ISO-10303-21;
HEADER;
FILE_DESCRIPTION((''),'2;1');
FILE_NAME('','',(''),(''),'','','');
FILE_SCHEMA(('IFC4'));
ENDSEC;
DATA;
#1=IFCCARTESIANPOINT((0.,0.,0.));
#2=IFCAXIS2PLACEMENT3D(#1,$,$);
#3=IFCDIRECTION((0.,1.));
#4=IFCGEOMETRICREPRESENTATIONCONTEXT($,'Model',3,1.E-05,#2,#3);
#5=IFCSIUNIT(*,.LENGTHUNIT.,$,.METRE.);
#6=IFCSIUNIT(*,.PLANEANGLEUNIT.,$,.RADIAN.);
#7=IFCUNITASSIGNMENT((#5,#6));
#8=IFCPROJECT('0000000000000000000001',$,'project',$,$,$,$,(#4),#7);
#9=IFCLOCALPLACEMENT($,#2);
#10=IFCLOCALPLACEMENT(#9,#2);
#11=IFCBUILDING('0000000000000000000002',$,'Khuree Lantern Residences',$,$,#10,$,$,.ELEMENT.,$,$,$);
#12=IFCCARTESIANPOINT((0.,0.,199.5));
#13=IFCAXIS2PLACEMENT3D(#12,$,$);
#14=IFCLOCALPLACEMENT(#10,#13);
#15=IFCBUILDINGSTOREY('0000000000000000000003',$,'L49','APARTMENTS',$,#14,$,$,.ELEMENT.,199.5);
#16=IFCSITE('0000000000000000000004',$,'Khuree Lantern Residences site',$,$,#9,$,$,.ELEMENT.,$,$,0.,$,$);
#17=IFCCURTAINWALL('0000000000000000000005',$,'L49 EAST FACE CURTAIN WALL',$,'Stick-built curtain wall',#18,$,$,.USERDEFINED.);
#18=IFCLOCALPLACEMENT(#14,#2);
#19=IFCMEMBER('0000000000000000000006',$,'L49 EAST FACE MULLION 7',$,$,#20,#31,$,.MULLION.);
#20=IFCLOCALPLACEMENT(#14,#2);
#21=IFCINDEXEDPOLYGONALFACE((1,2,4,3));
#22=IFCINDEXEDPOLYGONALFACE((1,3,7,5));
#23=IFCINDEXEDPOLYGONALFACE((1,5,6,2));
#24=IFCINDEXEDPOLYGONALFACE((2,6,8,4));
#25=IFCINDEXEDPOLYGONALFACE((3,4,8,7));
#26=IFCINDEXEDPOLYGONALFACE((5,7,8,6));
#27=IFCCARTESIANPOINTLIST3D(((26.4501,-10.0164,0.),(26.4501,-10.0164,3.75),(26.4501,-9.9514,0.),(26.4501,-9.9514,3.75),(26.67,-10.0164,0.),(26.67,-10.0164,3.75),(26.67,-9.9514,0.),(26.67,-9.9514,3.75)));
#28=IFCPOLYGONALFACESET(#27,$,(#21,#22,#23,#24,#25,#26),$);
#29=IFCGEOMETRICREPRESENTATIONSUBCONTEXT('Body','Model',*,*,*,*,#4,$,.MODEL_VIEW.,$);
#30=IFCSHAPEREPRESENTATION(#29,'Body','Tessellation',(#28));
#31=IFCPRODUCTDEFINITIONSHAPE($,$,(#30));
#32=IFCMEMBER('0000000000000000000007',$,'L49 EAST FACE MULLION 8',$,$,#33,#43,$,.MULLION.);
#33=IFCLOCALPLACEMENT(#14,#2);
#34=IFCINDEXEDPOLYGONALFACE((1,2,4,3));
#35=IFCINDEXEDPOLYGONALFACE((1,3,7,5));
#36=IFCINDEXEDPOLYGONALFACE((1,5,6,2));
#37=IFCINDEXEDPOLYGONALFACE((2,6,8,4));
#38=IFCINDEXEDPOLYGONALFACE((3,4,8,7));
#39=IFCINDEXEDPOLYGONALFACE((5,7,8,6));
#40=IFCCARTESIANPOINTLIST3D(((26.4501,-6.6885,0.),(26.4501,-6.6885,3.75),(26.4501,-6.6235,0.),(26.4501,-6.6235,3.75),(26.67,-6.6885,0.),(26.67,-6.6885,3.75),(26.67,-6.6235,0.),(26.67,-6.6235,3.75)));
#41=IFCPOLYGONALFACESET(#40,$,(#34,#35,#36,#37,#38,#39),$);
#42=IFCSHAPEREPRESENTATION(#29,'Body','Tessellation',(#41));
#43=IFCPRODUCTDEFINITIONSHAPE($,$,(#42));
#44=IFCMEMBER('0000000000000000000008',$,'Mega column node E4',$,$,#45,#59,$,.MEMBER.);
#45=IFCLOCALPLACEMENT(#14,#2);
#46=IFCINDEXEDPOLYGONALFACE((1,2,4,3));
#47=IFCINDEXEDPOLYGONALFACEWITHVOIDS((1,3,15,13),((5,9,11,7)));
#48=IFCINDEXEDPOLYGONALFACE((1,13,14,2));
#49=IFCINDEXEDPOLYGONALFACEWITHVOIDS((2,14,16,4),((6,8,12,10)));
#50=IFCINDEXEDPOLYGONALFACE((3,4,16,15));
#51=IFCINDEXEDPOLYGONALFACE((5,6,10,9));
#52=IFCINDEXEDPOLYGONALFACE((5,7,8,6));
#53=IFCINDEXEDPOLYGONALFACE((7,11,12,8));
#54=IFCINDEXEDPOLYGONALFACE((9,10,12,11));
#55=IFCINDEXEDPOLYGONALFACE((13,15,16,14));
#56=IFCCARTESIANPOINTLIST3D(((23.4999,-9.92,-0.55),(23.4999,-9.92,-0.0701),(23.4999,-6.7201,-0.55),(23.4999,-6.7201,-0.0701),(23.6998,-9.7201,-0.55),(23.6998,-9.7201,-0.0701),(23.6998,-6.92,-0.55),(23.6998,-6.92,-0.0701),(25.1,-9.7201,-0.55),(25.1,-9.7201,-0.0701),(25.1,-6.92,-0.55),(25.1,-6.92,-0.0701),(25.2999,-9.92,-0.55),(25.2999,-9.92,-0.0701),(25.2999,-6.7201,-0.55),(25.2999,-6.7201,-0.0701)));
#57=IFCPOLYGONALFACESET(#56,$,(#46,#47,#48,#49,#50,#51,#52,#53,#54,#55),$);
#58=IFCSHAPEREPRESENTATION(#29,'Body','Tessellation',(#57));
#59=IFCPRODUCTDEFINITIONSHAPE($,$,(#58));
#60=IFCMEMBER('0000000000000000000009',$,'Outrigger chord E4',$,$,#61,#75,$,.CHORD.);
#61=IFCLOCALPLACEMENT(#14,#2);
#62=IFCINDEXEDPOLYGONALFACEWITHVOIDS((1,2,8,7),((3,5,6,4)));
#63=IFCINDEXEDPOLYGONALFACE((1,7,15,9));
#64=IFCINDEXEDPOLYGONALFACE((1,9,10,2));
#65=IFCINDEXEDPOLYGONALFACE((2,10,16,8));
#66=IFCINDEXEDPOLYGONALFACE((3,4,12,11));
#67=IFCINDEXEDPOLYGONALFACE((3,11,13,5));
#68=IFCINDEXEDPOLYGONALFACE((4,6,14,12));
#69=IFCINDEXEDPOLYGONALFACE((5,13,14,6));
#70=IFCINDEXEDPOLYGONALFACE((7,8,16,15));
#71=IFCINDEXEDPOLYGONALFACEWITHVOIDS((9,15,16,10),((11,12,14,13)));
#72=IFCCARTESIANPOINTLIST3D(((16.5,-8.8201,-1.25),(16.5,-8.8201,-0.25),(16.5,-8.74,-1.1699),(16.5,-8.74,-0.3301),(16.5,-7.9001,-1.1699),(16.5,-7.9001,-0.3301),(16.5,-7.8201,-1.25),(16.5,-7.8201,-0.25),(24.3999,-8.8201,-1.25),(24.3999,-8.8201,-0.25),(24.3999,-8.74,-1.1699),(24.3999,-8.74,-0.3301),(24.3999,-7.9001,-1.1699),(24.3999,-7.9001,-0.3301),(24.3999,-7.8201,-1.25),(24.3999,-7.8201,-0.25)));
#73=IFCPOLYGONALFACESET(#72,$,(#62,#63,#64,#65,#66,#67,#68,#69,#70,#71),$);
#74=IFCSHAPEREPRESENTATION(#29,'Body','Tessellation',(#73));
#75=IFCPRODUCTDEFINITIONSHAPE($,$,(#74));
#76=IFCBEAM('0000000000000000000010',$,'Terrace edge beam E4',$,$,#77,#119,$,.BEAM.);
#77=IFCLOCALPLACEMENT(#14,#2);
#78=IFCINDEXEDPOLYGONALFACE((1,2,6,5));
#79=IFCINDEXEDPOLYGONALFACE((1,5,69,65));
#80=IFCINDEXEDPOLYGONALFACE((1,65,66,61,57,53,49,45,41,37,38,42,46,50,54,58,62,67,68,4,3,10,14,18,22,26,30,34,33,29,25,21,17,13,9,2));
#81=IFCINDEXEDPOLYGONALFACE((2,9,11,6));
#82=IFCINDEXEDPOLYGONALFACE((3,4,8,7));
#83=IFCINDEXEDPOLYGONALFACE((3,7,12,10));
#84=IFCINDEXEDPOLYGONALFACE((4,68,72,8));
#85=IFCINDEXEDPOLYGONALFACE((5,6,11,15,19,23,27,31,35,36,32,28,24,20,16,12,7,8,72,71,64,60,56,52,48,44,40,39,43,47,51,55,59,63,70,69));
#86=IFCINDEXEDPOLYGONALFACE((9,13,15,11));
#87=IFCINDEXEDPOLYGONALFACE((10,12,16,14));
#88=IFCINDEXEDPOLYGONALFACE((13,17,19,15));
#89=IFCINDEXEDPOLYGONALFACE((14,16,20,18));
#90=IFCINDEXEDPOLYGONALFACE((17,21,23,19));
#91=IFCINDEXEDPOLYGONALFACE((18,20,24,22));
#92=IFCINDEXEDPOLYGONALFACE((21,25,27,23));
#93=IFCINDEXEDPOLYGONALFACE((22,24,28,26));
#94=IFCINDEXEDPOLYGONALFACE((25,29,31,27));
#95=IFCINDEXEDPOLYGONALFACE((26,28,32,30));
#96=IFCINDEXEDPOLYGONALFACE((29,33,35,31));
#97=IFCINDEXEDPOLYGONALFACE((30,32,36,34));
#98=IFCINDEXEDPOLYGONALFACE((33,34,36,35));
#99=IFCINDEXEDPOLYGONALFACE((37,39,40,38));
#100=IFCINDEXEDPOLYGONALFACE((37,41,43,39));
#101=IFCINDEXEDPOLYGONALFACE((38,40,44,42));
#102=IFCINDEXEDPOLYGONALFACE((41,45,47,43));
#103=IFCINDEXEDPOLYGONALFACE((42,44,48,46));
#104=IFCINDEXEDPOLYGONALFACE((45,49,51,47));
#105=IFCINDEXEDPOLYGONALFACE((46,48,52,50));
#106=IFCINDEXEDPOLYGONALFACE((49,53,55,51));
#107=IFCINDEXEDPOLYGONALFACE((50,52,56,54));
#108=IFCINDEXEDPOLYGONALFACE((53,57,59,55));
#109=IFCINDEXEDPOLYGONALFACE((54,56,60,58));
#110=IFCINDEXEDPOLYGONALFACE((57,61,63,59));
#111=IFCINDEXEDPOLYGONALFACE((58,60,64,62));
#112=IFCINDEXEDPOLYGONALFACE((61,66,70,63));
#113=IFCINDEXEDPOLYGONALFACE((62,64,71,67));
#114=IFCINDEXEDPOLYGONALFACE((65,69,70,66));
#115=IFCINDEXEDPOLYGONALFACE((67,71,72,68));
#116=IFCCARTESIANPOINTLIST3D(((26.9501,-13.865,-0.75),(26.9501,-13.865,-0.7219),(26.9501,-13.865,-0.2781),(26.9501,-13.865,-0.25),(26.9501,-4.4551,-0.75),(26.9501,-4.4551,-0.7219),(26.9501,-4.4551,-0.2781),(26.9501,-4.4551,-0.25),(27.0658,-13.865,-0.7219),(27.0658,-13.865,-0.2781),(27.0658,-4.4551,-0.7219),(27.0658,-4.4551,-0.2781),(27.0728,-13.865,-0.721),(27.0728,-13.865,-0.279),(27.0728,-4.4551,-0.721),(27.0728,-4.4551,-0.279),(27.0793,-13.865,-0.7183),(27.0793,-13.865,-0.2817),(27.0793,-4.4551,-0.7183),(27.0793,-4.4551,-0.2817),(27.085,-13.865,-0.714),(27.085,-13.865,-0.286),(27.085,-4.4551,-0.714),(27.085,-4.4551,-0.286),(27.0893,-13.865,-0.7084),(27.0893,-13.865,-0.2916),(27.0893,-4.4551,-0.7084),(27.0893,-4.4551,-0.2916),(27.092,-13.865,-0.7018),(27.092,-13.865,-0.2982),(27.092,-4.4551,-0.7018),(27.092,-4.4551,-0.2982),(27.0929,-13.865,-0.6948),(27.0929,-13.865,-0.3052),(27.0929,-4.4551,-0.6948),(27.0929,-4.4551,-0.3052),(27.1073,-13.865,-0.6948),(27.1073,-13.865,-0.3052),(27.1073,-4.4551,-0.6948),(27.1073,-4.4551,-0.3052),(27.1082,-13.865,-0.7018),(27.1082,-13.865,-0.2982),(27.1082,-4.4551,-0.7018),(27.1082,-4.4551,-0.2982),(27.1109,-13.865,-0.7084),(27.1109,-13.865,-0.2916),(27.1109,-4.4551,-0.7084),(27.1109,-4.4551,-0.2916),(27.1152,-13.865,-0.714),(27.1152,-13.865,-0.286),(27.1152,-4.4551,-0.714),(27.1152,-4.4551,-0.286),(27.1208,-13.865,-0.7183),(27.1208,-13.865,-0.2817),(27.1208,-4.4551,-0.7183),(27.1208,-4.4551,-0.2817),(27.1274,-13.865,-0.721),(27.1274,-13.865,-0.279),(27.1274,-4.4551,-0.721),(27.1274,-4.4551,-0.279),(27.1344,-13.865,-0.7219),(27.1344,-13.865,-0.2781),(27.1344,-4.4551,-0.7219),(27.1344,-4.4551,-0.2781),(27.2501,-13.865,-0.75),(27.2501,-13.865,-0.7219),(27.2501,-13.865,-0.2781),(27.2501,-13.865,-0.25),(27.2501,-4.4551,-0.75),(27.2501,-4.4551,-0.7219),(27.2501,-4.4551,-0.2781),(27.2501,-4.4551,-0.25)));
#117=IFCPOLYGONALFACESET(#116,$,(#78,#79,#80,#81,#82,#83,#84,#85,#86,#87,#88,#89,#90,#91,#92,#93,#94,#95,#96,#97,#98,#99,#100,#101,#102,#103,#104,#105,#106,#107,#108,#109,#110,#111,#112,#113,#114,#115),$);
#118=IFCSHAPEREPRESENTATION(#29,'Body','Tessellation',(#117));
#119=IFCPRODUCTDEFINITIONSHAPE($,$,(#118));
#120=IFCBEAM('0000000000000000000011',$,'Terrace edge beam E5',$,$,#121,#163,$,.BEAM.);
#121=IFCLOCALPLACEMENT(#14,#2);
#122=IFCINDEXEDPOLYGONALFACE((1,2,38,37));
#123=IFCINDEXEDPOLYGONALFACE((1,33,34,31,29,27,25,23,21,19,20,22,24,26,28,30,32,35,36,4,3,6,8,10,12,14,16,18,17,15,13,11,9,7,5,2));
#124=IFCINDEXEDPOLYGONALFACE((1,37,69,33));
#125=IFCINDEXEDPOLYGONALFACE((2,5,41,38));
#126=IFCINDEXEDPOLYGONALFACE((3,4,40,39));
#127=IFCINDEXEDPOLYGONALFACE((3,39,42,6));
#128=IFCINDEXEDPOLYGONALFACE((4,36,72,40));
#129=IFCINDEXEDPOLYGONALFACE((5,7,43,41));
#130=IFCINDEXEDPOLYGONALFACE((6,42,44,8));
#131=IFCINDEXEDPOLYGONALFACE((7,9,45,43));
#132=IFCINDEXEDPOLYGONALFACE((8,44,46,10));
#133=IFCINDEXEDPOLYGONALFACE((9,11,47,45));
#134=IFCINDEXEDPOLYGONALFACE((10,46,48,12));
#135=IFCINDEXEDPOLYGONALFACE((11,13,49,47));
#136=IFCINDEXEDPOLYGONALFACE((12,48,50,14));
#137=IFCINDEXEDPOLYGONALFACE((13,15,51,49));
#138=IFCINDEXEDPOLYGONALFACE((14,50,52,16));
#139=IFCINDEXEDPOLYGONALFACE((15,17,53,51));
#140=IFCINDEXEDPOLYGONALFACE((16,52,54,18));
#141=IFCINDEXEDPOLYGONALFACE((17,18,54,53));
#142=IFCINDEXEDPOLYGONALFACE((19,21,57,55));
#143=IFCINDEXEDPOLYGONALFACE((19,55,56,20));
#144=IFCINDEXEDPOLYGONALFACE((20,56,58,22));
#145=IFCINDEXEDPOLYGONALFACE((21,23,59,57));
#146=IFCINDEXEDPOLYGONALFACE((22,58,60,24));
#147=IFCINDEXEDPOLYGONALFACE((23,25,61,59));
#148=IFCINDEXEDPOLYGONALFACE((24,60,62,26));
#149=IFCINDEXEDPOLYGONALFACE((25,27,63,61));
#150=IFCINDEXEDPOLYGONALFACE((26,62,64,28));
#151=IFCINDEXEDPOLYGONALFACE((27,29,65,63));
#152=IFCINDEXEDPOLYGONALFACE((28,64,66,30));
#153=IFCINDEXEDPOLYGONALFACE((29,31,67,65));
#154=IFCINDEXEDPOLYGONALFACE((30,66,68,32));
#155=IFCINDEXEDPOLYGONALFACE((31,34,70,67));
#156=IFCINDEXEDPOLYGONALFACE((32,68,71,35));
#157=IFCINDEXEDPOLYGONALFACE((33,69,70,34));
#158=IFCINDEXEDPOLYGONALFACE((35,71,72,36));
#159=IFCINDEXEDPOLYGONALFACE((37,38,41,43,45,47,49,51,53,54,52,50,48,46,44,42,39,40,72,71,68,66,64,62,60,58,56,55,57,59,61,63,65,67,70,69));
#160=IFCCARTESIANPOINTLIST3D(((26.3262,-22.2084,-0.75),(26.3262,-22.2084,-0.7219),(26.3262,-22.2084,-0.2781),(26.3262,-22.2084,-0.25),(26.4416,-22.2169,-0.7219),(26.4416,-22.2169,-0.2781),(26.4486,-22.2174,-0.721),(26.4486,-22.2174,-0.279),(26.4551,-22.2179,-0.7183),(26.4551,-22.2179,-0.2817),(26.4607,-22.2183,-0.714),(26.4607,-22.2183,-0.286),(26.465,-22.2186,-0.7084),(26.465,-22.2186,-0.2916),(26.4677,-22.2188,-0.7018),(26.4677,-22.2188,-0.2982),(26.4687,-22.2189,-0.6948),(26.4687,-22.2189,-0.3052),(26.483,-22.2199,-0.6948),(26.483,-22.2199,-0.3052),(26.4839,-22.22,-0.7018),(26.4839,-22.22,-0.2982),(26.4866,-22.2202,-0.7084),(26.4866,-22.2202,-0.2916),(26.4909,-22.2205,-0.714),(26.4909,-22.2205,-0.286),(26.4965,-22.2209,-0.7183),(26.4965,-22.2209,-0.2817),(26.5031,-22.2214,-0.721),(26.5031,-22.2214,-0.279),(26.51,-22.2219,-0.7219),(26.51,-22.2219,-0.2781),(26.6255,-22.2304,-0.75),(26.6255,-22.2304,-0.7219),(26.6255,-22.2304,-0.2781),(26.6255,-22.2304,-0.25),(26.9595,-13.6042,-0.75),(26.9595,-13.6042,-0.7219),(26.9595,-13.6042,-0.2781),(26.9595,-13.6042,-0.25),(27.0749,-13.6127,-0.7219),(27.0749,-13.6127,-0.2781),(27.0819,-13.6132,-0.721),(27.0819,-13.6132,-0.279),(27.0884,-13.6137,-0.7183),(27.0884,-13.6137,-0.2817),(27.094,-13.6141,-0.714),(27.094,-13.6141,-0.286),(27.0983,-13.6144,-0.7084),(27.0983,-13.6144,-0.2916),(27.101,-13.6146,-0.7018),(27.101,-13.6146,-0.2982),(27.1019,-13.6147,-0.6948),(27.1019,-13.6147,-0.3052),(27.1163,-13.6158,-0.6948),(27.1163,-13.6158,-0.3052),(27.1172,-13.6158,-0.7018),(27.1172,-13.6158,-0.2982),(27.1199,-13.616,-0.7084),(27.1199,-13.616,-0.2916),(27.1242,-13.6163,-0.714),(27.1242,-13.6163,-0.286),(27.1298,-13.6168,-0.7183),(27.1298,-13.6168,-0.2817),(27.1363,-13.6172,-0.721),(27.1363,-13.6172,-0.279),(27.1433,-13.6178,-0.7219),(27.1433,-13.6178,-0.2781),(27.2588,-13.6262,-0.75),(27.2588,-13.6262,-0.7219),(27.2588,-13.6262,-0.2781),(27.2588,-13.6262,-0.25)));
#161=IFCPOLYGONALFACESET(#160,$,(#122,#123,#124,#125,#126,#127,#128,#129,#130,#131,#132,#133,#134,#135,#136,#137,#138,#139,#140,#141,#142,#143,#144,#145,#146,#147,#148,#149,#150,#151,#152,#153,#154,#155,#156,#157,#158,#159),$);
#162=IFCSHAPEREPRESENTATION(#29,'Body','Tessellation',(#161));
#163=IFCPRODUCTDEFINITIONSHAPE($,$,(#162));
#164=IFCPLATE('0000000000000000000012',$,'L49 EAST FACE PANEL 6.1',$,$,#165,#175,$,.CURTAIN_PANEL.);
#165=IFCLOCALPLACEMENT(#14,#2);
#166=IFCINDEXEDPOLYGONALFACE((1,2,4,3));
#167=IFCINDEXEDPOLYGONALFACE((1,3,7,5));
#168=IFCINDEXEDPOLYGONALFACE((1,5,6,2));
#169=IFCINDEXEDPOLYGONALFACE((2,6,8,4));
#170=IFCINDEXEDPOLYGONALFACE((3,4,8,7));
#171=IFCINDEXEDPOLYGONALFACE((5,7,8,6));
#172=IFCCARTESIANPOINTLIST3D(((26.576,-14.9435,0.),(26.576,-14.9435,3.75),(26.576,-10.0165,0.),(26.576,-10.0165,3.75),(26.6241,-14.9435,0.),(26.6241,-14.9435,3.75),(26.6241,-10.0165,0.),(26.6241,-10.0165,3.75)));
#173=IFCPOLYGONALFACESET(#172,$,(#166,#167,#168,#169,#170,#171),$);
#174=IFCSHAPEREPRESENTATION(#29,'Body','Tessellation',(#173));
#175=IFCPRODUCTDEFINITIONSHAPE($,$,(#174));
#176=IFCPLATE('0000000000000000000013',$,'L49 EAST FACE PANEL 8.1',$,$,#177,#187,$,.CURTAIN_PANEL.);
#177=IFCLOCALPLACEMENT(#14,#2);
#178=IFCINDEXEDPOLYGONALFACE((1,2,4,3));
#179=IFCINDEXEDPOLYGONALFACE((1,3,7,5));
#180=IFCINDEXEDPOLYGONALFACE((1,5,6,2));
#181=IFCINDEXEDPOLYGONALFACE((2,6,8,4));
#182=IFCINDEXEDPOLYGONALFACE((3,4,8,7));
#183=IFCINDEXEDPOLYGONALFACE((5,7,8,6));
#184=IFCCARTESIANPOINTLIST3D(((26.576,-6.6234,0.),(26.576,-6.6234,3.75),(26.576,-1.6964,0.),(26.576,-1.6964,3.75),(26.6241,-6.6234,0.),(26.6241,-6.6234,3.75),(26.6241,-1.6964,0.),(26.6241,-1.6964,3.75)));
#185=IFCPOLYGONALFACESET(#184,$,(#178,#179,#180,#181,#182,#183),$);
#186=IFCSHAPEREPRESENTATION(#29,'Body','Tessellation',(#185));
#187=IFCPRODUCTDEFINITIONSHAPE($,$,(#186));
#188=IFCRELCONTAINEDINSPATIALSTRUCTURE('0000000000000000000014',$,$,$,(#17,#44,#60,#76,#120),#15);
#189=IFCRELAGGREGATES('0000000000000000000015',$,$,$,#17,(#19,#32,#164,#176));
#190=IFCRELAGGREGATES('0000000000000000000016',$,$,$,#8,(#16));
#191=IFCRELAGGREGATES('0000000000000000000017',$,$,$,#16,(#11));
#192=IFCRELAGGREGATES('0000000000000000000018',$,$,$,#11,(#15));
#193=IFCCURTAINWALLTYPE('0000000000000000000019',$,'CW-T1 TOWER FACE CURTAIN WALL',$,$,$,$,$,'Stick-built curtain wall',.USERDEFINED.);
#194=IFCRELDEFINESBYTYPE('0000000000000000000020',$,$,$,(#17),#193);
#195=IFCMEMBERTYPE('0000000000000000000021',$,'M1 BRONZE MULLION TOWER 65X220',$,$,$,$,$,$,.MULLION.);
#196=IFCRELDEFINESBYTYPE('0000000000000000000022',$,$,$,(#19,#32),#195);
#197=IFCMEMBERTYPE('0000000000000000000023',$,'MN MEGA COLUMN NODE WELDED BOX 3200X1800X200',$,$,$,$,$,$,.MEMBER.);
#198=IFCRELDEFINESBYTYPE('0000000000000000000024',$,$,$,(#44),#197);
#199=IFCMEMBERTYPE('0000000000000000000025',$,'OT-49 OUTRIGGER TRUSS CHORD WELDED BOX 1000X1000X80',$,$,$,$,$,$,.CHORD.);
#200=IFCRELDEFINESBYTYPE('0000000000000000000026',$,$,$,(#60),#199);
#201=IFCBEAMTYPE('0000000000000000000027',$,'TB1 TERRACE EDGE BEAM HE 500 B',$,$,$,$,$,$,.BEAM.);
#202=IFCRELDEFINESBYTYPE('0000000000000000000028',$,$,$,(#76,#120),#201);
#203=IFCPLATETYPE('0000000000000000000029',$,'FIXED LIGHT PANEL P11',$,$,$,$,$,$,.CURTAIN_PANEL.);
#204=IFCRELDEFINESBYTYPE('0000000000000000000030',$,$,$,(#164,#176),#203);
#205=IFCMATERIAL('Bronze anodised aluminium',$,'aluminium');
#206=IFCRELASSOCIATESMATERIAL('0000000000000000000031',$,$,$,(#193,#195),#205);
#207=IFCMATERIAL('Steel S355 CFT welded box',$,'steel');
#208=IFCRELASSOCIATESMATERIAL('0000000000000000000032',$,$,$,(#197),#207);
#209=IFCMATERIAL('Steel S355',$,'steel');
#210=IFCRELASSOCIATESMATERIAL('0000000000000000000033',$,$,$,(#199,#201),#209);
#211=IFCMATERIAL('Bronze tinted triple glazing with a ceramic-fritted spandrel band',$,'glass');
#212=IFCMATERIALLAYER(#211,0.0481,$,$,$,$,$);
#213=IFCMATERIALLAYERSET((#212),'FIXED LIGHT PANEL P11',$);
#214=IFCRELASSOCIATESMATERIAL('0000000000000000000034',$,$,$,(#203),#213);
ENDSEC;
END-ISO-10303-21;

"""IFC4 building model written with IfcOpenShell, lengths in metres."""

from ifc_helpers import new_model, si_unit, direction, frame, origin, origin_2d, place, context, subcontext, project, spatial, rectangle, hollow_rectangle, i_section, extrude, material, layer, layer_set, material_profile, profile_set, type_object, element, aggregate, save


model = new_model("IFC4")

# Units and contexts
model_context = context("Model", 3, precision=1e-05, world=origin(), true_north=direction((0.0, 1.0)))
body_context = subcontext(model_context, "Body", "Model", "MODEL_VIEW")
ifc_project = project(units=[si_unit("LENGTHUNIT", "METRE"), si_unit("PLANEANGLEUNIT", "RADIAN")], contexts=[model_context])

# Site, building, storey
site_placement = place(None, origin())
site = spatial("IfcSite", under=ifc_project, at=site_placement, Name="Khuree Lantern Residences site", CompositionType="ELEMENT", RefElevation=0.0)
building_placement = place(site_placement, origin())
building = spatial("IfcBuilding", under=site, at=building_placement, Name="Khuree Lantern Residences", CompositionType="ELEMENT")
storey_placement = place(building_placement, frame((0.0, 0.0, 199.5)))
storey = spatial("IfcBuildingStorey", under=building, at=storey_placement, Name="L49", Description="APARTMENTS", CompositionType="ELEMENT", Elevation=199.5)

# Shared definitions
ifc_material_1 = material(Name="Steel S355 CFT welded box", Category="steel")

# Shared definitions
ifc_material_2 = material(Name="Steel S355", Category="steel")

# Curtain wall, members
ifc_material_3 = material(Name="Bronze anodised aluminium", Category="aluminium")
curtain_wall_type = type_object("IfcCurtainWallType", Name="CW-T1 TOWER FACE CURTAIN WALL", ElementType="Stick-built curtain wall", PredefinedType="USERDEFINED", material=ifc_material_3)
curtain_wall_placement = place(storey_placement, origin())
curtain_wall = element("IfcCurtainWall", 1, at=curtain_wall_placement, inside=storey, type_object=curtain_wall_type, Name="L49 EAST FACE CURTAIN WALL", ObjectType="Stick-built curtain wall", PredefinedType="USERDEFINED")
ifc_material_profile_1 = material_profile(ifc_material_3, rectangle(XDim=0.0649, YDim=0.22, at=origin_2d()), Name="M1 65X220")
ifc_profile_set_1 = profile_set([ifc_material_profile_1], Name="Bronze anodised aluminium")
member_type_1 = type_object("IfcMemberType", Name="M1 BRONZE MULLION TOWER 65X220", PredefinedType="MULLION", material=ifc_profile_set_1)
member_1_placement = place(storey_placement, frame((26.5601, -9.9839, 0.0), z_axis=(0.0, 0.0, 1.0), x_axis=(0.0, 1.0, 0.0)))
member_1 = element("IfcMember", 2, at=member_1_placement, type_object=member_type_1, Name="L49 EAST FACE MULLION 7", PredefinedType="MULLION", context=body_context, shape_type="SweptSolid", body=[
    extrude(rectangle(XDim=0.0649, YDim=0.22, at=origin_2d()), origin(), (0.0, 0.0, 1.0), 3.75),
])
member_2_placement = place(storey_placement, frame((26.5601, -6.656, 0.0), z_axis=(0.0, 0.0, 1.0), x_axis=(0.0, 1.0, 0.0)))
member_2 = element("IfcMember", 3, at=member_2_placement, type_object=member_type_1, Name="L49 EAST FACE MULLION 8", PredefinedType="MULLION", context=body_context, shape_type="SweptSolid", body=[
    extrude(rectangle(XDim=0.0649, YDim=0.22, at=origin_2d()), origin(), (0.0, 0.0, 1.0), 3.75),
])

# Members
ifc_material_profile_2 = material_profile(ifc_material_1, hollow_rectangle(XDim=3.2, YDim=1.8, WallThickness=0.2, at=origin_2d()), Name="WELDED BOX 3200X1800X200")
ifc_profile_set_2 = profile_set([ifc_material_profile_2], Name="Steel S355 CFT welded box")
member_type_2 = type_object("IfcMemberType", Name="MN MEGA COLUMN NODE WELDED BOX 3200X1800X200", PredefinedType="MEMBER", material=ifc_profile_set_2)
member_3_placement = place(storey_placement, frame((24.3999, -8.3201, -0.55), z_axis=(0.0, 0.0, 1.0), x_axis=(0.0, 1.0, 0.0)))
element("IfcMember", 4, at=member_3_placement, inside=storey, type_object=member_type_2, Name="Mega column node E4", PredefinedType="MEMBER", context=body_context, shape_type="SweptSolid", body=[
    extrude(hollow_rectangle(XDim=3.2, YDim=1.8, WallThickness=0.2, at=origin_2d()), origin(), (0.0, 0.0, 1.0), 0.48),
])
ifc_material_profile_3 = material_profile(ifc_material_2, hollow_rectangle(XDim=1.0, YDim=1.0, WallThickness=0.0801, at=origin_2d()), Name="WELDED BOX 1000X1000X80")
ifc_profile_set_3 = profile_set([ifc_material_profile_3], Name="Steel S355")
member_type_3 = type_object("IfcMemberType", Name="OT-49 OUTRIGGER TRUSS CHORD WELDED BOX 1000X1000X80", PredefinedType="CHORD", material=ifc_profile_set_3)
member_4_placement = place(storey_placement, frame((24.3999, -8.3201, -0.75), z_axis=(-1.0, 0.0, 0.0), x_axis=(0.0, -1.0, 0.0)))
element("IfcMember", 5, at=member_4_placement, inside=storey, type_object=member_type_3, Name="Outrigger chord E4", PredefinedType="CHORD", context=body_context, shape_type="SweptSolid", body=[
    extrude(hollow_rectangle(XDim=1.0, YDim=1.0, WallThickness=0.0801, at=origin_2d()), origin(), (0.0, 0.0, 1.0), 7.8999),
])

# Beams
ifc_material_profile_4 = material_profile(ifc_material_2, i_section(OverallWidth=0.3, OverallDepth=0.5, WebThickness=0.0144, FlangeThickness=0.0281, FilletRadius=0.0271, at=origin_2d()), Name="HE 500 B")
ifc_profile_set_4 = profile_set([ifc_material_profile_4], Name="Steel S355")
beam_type_1 = type_object("IfcBeamType", Name="TB1 TERRACE EDGE BEAM HE 500 B", PredefinedType="BEAM", material=ifc_profile_set_4)
beam_1_placement = place(storey_placement, frame((27.1001, -4.4551, -0.5), z_axis=(0.0, -1.0, 0.0), x_axis=(1.0, 0.0, 0.0)))
element("IfcBeam", 6, at=beam_1_placement, inside=storey, type_object=beam_type_1, Name="Terrace edge beam E4", PredefinedType="BEAM", context=body_context, shape_type="SweptSolid", body=[
    extrude(i_section(OverallWidth=0.3, OverallDepth=0.5, WebThickness=0.0144, FlangeThickness=0.0281, FilletRadius=0.0271, at=origin_2d()), origin(), (0.0, 0.0, 1.0), 9.4099),
])
beam_2_placement = place(storey_placement, frame((27.1091, -13.6152, -0.5), z_axis=(-0.073405, -0.997302, 0.0), x_axis=(0.997302, -0.073405, 0.0)))
element("IfcBeam", 7, at=beam_2_placement, inside=storey, type_object=beam_type_1, Name="Terrace edge beam E5", PredefinedType="BEAM", context=body_context, shape_type="SweptSolid", body=[
    extrude(i_section(OverallWidth=0.3, OverallDepth=0.5, WebThickness=0.0144, FlangeThickness=0.0281, FilletRadius=0.0271, at=origin_2d()), origin(), (0.0, 0.0, 1.0), 8.6274),
])

# Plates
ifc_material_4 = material(Name="Bronze tinted triple glazing with a ceramic-fritted spandrel band", Category="glass")
ifc_layer_1 = layer(ifc_material_4, 0.0481)
ifc_layer_set_1 = layer_set([ifc_layer_1], Name="FIXED LIGHT PANEL P11")
plate_type_1 = type_object("IfcPlateType", Name="FIXED LIGHT PANEL P11", PredefinedType="CURTAIN_PANEL", material=ifc_layer_set_1)
plate_1_placement = place(storey_placement, frame((26.6001, -12.48, 0.0), z_axis=(0.0, 0.0, 1.0), x_axis=(0.0, 1.0, 0.0)))
plate_1 = element("IfcPlate", 8, at=plate_1_placement, type_object=plate_type_1, Name="L49 EAST FACE PANEL 6.1", PredefinedType="CURTAIN_PANEL", context=body_context, shape_type="SweptSolid", body=[
    extrude(rectangle(XDim=4.927, YDim=0.0481, at=origin_2d()), origin(), (0.0, 0.0, 1.0), 3.75),
])
plate_2_placement = place(storey_placement, frame((26.6001, -4.1599, 0.0), z_axis=(0.0, 0.0, 1.0), x_axis=(0.0, 1.0, 0.0)))
plate_2 = element("IfcPlate", 9, at=plate_2_placement, type_object=plate_type_1, Name="L49 EAST FACE PANEL 8.1", PredefinedType="CURTAIN_PANEL", context=body_context, shape_type="SweptSolid", body=[
    extrude(rectangle(XDim=4.927, YDim=0.0481, at=origin_2d()), origin(), (0.0, 0.0, 1.0), 3.75),
])
aggregate(curtain_wall, [member_1, member_2, plate_1, plate_2])

save(model, "model.ifc")
